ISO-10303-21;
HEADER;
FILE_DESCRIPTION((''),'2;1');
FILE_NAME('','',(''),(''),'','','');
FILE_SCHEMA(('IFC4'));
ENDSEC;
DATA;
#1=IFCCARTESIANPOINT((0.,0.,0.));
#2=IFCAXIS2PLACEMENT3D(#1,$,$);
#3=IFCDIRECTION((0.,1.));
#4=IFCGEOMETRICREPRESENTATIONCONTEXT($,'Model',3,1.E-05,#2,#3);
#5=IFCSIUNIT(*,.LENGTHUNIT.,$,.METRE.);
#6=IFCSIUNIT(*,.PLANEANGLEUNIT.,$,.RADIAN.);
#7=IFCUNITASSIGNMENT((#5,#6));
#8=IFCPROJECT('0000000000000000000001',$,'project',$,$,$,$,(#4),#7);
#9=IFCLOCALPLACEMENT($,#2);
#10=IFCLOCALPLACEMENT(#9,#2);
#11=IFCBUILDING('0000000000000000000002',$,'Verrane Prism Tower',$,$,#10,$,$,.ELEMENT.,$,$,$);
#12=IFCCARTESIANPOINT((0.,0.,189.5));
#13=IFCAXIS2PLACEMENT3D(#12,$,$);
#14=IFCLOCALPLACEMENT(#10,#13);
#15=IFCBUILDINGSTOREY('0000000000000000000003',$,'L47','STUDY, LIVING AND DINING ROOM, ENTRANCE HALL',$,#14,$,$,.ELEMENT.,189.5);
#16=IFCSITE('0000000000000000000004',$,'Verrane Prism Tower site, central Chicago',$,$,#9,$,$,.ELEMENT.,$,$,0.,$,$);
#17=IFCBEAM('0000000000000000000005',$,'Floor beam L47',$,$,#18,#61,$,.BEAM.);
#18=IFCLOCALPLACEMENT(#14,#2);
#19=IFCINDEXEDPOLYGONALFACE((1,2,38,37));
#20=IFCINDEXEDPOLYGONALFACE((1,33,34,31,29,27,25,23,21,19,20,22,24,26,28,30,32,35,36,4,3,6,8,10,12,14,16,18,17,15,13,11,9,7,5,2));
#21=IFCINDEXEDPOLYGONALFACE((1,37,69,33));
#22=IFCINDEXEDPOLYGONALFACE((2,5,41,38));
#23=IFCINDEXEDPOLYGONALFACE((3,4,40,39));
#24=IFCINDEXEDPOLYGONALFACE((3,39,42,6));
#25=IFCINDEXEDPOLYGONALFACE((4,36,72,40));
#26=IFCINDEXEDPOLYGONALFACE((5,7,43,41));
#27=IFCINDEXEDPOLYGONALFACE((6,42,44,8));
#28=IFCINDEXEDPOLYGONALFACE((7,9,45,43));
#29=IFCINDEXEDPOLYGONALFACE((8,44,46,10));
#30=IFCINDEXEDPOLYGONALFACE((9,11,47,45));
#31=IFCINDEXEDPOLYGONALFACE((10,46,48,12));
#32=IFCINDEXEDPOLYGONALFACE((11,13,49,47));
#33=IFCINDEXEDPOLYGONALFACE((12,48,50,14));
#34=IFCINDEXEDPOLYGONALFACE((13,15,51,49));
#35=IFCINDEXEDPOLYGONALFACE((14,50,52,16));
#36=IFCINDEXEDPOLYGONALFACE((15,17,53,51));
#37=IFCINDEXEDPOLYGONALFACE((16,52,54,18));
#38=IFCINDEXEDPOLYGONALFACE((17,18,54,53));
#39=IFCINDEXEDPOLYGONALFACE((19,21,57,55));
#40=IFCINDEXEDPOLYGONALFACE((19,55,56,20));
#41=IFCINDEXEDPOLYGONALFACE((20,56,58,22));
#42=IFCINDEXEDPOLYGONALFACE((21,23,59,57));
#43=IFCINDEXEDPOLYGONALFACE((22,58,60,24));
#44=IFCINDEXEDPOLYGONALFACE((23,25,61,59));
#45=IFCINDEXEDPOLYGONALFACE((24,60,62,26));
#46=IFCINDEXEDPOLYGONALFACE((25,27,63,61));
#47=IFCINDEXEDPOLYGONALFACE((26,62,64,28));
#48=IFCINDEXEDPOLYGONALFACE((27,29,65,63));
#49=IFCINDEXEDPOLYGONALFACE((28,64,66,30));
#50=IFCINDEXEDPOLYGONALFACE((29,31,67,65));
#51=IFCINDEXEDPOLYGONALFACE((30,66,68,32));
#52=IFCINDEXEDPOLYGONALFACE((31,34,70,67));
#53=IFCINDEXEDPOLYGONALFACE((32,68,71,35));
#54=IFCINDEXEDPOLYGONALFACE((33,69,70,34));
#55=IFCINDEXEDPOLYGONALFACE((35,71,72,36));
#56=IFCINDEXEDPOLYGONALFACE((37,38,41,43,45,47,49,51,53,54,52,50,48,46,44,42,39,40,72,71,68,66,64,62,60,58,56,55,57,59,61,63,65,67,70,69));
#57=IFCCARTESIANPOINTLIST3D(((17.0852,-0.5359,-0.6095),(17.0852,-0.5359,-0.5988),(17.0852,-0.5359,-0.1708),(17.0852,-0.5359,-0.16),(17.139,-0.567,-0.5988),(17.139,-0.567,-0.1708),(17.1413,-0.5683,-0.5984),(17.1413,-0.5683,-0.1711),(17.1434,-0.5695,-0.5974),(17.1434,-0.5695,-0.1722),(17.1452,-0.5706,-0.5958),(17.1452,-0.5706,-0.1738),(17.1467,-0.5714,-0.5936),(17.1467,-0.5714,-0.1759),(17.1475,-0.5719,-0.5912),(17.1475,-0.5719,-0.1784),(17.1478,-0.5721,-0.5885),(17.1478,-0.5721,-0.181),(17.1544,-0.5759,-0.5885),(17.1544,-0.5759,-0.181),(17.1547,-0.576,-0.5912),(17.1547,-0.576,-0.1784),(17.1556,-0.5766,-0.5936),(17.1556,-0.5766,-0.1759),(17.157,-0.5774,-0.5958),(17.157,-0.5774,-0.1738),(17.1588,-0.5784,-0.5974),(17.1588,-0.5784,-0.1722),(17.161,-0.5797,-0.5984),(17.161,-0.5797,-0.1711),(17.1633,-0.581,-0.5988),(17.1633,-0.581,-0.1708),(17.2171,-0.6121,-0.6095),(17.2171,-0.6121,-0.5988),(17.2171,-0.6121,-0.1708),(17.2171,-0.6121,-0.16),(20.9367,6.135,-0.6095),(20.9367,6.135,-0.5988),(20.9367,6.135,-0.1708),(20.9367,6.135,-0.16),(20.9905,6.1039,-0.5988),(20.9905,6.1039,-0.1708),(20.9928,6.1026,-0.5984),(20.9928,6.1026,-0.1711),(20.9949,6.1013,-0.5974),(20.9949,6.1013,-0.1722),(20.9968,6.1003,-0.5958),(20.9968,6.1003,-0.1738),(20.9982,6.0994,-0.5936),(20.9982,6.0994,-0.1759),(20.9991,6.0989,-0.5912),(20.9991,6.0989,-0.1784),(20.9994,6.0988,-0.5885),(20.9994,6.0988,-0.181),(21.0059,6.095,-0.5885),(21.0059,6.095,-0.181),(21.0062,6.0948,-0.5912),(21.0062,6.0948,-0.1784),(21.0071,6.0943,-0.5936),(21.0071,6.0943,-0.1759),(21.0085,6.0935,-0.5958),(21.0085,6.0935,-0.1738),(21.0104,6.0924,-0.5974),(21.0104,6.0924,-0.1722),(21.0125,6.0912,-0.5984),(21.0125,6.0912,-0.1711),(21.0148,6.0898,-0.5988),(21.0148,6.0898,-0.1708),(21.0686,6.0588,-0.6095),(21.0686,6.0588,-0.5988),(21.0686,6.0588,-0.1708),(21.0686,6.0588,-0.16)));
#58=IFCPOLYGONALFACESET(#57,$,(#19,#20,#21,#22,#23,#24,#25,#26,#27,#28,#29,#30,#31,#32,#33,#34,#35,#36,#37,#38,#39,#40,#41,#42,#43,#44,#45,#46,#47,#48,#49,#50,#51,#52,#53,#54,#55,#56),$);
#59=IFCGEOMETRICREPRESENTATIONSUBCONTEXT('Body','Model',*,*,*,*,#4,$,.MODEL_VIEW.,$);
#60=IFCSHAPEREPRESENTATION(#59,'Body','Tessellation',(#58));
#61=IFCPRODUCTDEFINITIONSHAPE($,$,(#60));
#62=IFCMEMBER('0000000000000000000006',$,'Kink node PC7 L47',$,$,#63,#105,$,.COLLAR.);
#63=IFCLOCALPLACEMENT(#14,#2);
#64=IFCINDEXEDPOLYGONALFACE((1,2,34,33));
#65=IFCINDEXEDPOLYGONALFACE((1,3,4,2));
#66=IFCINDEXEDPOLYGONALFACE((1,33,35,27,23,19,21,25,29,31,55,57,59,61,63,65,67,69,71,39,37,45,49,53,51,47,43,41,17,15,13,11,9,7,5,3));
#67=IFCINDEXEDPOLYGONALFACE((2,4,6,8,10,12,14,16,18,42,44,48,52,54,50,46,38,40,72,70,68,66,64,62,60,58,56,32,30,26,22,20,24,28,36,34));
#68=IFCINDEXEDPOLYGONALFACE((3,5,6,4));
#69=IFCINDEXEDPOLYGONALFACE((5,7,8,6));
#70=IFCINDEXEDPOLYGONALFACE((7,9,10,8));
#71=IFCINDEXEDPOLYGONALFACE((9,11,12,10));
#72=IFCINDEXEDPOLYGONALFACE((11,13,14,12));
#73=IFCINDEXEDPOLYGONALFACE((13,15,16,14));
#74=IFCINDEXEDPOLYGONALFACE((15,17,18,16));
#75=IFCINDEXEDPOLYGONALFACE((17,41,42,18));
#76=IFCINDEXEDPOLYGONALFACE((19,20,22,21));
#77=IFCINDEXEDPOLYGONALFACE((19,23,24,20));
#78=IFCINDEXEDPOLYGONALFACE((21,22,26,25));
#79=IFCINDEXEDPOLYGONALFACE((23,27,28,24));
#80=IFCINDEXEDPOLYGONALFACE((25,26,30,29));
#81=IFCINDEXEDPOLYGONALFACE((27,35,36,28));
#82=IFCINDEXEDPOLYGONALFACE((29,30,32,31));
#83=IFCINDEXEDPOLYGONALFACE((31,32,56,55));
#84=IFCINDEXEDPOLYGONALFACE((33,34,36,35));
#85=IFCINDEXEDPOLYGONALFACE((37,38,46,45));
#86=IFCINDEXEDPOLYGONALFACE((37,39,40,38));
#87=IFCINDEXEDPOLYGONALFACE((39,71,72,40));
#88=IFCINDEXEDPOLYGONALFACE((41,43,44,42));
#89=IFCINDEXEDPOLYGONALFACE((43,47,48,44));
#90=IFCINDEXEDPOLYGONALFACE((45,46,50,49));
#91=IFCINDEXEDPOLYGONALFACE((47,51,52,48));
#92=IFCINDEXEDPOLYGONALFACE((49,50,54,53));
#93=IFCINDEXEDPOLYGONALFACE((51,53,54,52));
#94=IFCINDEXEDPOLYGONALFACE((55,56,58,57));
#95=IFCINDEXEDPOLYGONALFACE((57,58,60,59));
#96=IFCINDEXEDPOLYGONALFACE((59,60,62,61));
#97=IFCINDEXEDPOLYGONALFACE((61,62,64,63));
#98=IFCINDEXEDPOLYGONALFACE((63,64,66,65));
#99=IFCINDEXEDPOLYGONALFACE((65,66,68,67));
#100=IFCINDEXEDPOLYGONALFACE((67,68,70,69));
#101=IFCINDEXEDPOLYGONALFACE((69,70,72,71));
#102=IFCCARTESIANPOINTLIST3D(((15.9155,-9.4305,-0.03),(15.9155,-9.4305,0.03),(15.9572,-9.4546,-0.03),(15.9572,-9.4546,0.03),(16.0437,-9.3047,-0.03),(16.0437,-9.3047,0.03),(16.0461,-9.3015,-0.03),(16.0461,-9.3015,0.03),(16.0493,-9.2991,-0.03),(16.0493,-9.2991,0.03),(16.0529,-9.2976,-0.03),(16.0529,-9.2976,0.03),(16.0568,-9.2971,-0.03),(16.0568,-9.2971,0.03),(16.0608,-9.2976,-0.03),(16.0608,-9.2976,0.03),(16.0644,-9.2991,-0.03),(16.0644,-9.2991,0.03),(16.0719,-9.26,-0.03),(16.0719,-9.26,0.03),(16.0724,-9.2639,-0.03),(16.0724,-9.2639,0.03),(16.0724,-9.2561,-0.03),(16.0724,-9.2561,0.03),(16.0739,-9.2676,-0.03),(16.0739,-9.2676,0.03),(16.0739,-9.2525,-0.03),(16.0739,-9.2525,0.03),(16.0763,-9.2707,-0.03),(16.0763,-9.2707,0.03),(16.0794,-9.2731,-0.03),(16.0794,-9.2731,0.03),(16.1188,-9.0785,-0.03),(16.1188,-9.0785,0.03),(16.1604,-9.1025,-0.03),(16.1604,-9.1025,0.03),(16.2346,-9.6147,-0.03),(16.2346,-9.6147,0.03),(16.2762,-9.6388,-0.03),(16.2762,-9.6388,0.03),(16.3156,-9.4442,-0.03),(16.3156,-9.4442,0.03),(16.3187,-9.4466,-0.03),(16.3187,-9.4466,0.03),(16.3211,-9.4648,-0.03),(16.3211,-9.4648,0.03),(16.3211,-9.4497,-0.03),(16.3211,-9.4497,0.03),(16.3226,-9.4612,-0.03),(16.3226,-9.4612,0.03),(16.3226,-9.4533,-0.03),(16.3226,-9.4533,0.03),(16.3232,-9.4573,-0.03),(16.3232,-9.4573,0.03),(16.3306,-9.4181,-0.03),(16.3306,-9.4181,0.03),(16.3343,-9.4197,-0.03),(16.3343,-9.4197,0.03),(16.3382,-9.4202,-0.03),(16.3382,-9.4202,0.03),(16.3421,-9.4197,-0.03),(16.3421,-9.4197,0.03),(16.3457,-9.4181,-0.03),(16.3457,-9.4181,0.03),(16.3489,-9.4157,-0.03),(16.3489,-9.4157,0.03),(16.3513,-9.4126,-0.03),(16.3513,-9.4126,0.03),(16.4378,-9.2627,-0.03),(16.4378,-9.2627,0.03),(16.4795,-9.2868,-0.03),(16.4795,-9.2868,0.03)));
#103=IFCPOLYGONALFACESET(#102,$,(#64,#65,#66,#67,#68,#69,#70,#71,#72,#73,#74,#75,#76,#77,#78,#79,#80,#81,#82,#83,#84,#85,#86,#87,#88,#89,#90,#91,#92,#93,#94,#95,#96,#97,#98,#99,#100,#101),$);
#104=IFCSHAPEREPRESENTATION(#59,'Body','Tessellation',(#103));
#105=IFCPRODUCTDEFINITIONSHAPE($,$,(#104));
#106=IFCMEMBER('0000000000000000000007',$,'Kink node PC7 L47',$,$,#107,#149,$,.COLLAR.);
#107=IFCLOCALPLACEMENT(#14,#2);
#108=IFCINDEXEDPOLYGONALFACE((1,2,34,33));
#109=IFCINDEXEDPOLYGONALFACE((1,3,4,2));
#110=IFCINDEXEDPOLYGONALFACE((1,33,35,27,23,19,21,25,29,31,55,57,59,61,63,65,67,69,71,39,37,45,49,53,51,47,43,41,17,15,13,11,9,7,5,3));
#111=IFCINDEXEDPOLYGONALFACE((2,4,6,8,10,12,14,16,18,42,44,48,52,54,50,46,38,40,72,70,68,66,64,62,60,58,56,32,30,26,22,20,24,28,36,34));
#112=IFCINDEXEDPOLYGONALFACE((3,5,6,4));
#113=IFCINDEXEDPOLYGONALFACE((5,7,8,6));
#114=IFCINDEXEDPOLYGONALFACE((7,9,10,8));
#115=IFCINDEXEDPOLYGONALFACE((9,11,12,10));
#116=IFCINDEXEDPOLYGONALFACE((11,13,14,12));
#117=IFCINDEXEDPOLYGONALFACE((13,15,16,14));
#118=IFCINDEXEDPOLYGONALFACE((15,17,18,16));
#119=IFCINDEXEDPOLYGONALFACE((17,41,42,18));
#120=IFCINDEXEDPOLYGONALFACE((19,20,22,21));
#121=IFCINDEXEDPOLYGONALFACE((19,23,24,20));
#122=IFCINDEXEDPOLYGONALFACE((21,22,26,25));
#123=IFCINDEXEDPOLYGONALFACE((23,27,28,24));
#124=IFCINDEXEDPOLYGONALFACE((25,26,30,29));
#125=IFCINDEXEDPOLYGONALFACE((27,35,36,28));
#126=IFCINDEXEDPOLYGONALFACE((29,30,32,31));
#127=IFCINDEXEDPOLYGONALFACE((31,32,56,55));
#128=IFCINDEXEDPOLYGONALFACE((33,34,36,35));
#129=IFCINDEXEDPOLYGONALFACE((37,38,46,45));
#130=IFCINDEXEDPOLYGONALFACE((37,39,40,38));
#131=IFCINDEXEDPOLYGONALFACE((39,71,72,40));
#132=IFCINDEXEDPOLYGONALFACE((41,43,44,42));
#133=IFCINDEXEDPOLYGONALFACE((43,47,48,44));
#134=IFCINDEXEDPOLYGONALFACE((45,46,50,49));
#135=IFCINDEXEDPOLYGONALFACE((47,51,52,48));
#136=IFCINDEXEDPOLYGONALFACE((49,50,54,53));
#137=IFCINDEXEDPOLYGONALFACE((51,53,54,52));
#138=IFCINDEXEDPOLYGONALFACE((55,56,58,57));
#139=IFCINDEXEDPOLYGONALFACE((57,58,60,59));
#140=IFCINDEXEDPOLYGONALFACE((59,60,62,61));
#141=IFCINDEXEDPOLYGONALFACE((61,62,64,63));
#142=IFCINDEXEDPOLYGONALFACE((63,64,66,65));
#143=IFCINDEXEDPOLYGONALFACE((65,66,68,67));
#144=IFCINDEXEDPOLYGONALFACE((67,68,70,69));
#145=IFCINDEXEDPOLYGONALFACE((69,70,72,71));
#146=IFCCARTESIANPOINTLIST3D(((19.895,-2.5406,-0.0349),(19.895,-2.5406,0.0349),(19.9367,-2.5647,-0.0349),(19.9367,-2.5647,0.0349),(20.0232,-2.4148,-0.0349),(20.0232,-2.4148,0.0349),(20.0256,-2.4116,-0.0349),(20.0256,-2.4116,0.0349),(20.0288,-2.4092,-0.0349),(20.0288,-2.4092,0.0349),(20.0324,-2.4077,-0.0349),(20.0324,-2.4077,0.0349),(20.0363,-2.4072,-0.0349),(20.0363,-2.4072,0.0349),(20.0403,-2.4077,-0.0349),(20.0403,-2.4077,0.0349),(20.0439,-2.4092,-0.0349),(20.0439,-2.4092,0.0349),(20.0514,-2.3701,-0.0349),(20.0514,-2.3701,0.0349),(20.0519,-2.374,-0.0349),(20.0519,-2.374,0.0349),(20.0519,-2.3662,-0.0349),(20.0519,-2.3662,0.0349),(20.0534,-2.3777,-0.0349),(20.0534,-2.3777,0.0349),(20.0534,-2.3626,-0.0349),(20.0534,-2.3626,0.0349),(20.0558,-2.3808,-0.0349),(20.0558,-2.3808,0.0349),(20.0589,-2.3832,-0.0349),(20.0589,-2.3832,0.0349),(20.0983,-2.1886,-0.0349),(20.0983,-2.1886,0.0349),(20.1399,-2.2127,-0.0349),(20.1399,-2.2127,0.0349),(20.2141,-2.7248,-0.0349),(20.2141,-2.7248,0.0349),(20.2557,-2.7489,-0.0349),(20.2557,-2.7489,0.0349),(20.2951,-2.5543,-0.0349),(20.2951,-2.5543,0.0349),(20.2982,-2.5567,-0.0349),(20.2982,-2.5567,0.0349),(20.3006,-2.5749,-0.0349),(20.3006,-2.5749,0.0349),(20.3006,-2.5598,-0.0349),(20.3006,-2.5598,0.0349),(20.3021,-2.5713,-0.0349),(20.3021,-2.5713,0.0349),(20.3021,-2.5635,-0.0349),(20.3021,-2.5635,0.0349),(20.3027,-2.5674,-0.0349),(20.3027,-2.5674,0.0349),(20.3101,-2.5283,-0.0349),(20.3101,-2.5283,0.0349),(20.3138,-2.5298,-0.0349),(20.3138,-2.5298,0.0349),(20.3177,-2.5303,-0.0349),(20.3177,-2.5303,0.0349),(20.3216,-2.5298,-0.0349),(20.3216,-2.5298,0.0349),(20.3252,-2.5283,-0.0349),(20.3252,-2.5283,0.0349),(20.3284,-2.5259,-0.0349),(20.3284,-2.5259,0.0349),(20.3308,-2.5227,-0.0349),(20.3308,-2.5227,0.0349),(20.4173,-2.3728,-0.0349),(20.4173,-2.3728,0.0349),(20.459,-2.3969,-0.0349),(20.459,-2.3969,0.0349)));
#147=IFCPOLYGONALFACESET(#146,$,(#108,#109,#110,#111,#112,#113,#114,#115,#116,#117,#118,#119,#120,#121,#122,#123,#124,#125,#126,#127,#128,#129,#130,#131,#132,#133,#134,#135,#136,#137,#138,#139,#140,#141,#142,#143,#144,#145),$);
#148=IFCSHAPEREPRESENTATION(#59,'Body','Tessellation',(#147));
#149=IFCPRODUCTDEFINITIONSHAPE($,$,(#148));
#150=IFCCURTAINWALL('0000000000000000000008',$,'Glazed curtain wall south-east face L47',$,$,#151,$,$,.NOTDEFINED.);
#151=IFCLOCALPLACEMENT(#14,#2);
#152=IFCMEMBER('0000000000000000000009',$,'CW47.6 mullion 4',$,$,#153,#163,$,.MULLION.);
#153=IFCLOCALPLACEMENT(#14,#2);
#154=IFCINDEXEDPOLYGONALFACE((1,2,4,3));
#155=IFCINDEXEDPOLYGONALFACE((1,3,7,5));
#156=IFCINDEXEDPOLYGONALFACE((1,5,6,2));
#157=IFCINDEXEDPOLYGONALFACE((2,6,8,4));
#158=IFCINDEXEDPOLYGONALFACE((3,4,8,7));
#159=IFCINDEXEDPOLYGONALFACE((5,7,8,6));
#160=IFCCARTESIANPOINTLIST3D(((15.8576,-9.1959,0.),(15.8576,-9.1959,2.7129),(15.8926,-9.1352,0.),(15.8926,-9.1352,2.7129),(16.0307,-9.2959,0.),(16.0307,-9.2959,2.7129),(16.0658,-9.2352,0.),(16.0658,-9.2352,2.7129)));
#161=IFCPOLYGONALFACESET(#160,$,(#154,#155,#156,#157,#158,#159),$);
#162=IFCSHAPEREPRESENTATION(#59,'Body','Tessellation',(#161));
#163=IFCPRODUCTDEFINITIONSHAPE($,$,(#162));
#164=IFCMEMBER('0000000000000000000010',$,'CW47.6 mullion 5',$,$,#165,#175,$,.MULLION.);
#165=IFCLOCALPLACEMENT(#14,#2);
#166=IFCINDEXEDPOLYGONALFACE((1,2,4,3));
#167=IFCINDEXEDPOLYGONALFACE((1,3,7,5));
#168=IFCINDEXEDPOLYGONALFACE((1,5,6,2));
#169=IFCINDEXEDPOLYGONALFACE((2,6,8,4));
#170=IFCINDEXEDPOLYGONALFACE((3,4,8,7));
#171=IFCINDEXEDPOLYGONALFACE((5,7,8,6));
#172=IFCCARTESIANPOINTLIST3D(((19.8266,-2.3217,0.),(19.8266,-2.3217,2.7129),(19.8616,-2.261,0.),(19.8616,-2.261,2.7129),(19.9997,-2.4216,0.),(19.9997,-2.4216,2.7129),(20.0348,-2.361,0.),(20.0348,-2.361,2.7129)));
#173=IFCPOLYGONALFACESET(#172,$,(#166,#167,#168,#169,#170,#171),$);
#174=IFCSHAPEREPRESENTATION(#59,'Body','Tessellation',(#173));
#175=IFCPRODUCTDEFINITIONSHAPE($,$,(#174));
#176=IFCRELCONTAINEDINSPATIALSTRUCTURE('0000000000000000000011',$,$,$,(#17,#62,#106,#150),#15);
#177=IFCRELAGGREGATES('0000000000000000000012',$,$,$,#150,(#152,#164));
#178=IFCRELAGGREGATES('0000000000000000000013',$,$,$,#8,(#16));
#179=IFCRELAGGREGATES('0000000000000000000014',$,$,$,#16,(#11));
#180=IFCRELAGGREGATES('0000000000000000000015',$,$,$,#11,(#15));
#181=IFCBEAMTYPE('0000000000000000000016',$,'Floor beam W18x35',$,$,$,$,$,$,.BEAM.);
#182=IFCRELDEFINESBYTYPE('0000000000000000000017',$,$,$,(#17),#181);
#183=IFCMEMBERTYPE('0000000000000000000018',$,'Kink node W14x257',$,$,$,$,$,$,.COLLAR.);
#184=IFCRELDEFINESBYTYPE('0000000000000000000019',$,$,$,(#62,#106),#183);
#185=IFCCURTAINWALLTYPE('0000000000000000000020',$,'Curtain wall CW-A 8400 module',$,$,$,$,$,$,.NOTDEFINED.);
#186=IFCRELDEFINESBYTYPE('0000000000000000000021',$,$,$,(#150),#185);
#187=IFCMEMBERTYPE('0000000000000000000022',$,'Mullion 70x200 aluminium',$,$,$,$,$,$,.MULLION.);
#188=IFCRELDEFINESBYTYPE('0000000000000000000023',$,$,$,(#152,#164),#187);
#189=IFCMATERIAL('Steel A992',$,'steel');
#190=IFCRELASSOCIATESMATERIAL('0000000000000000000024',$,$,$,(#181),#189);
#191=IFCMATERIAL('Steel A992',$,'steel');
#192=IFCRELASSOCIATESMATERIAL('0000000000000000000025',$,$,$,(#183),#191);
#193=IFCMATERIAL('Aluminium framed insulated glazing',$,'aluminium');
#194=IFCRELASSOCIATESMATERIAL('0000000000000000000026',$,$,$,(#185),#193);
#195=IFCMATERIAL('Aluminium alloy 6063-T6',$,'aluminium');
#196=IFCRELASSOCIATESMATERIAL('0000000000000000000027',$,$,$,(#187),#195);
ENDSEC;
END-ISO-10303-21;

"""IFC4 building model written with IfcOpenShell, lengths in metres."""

from ifc_helpers import new_model, si_unit, direction, frame, origin, origin_2d, place, context, subcontext, project, spatial, rectangle, i_section, extrude, material, material_profile, profile_set, type_object, element, aggregate, save


model = new_model("IFC4")

# Units and contexts
model_context = context("Model", 3, precision=1e-05, world=origin(), true_north=direction((0.0, 1.0)))
body_context = subcontext(model_context, "Body", "Model", "MODEL_VIEW")
ifc_project = project(units=[si_unit("LENGTHUNIT", "METRE"), si_unit("PLANEANGLEUNIT", "RADIAN")], contexts=[model_context])

# Site, building, storey
site_placement = place(None, origin())
site = spatial("IfcSite", under=ifc_project, at=site_placement, Name="Verrane Prism Tower site, central Chicago", CompositionType="ELEMENT", RefElevation=0.0)
building_placement = place(site_placement, origin())
building = spatial("IfcBuilding", under=site, at=building_placement, Name="Verrane Prism Tower", CompositionType="ELEMENT")
storey_placement = place(building_placement, frame((0.0, 0.0, 189.5)))
storey = spatial("IfcBuildingStorey", under=building, at=storey_placement, Name="L47", Description="STUDY, LIVING AND DINING ROOM, ENTRANCE HALL", CompositionType="ELEMENT", Elevation=189.5)

# Beam
ifc_material_1 = material(Name="Steel A992", Category="steel")
ifc_material_profile_1 = material_profile(ifc_material_1, i_section(OverallWidth=0.1523, OverallDepth=0.4495, WebThickness=0.0076, FlangeThickness=0.0107, FilletRadius=0.0103, at=origin_2d()), Name="W18x35")
ifc_profile_set_1 = profile_set([ifc_material_profile_1], Name="Steel A992")
beam_type_1 = type_object("IfcBeamType", Name="Floor beam W18x35", PredefinedType="BEAM", material=ifc_profile_set_1)
beam_1_placement = place(storey_placement, frame((17.1511, -0.574, -0.3848), z_axis=(0.500011, 0.866019, 0.0), x_axis=(-0.866019, 0.500011, 0.0)))
element("IfcBeam", 1, at=beam_1_placement, inside=storey, type_object=beam_type_1, Name="Floor beam L47", PredefinedType="BEAM", context=body_context, shape_type="SweptSolid", body=[
    extrude(i_section(OverallWidth=0.1523, OverallDepth=0.4495, WebThickness=0.0076, FlangeThickness=0.0107, FilletRadius=0.0103, at=origin_2d()), origin(), (0.0, 0.0, 1.0), 7.7029),
])

# Members
ifc_material_2 = material(Name="Steel A992", Category="steel")
ifc_material_profile_2 = material_profile(ifc_material_2, i_section(OverallWidth=0.4065, OverallDepth=0.4165, WebThickness=0.03, FlangeThickness=0.0481, FilletRadius=0.0151, at=origin_2d()), Name="W14x257")
ifc_profile_set_2 = profile_set([ifc_material_profile_2], Name="Steel A992")
member_type_1 = type_object("IfcMemberType", Name="Kink node W14x257", PredefinedType="COLLAR", material=ifc_profile_set_2)
member_1_placement = place(storey_placement, frame((16.1975, -9.3586, -0.03), z_axis=(0.0, 0.0, 1.0), x_axis=(-0.5, -0.866025, 0.0)))
element("IfcMember", 2, at=member_1_placement, inside=storey, type_object=member_type_1, Name="Kink node PC7 L47", PredefinedType="COLLAR", context=body_context, shape_type="SweptSolid", body=[
    extrude(i_section(OverallWidth=0.4065, OverallDepth=0.4165, WebThickness=0.03, FlangeThickness=0.0481, FilletRadius=0.0151, at=origin_2d()), origin(), (0.0, 0.0, 1.0), 0.0601),
])
member_2_placement = place(storey_placement, frame((20.177, -2.4688, -0.0349), z_axis=(0.0, 0.0, 1.0), x_axis=(-0.5, -0.866025, 0.0)))
element("IfcMember", 3, at=member_2_placement, inside=storey, type_object=member_type_1, Name="Kink node PC7 L47", PredefinedType="COLLAR", context=body_context, shape_type="SweptSolid", body=[
    extrude(i_section(OverallWidth=0.4065, OverallDepth=0.4165, WebThickness=0.03, FlangeThickness=0.0481, FilletRadius=0.0151, at=origin_2d()), origin(), (0.0, 0.0, 1.0), 0.0698),
])

# Curtain wall, members
ifc_material_3 = material(Name="Aluminium framed insulated glazing", Category="aluminium")
curtain_wall_type = type_object("IfcCurtainWallType", Name="Curtain wall CW-A 8400 module", PredefinedType="NOTDEFINED", material=ifc_material_3)
curtain_wall_placement = place(storey_placement, origin())
curtain_wall = element("IfcCurtainWall", 4, at=curtain_wall_placement, inside=storey, type_object=curtain_wall_type, Name="Glazed curtain wall south-east face L47", PredefinedType="NOTDEFINED")
ifc_material_4 = material(Name="Aluminium alloy 6063-T6", Category="aluminium")
ifc_material_profile_3 = material_profile(ifc_material_4, rectangle(XDim=0.2, YDim=0.0701, at=origin_2d()), Name="Mullion 70x200 aluminium")
ifc_profile_set_3 = profile_set([ifc_material_profile_3], Name="Aluminium alloy 6063-T6")
member_type_2 = type_object("IfcMemberType", Name="Mullion 70x200 aluminium", PredefinedType="MULLION", material=ifc_profile_set_3)
member_3_placement = place(storey_placement, frame((15.9617, -9.2156, 0.0), z_axis=(0.0, 0.0, 1.0), x_axis=(-0.866026, 0.5, 0.0)))
member_3 = element("IfcMember", 5, at=member_3_placement, type_object=member_type_2, Name="CW47.6 mullion 4", PredefinedType="MULLION", context=body_context, shape_type="SweptSolid", body=[
    extrude(rectangle(XDim=0.2, YDim=0.0701, at=origin_2d()), origin(), (0.0, 0.0, 1.0), 2.7129),
])
member_4_placement = place(storey_placement, frame((19.9307, -2.3413, 0.0), z_axis=(0.0, 0.0, 1.0), x_axis=(-0.866026, 0.5, 0.0)))
member_4 = element("IfcMember", 6, at=member_4_placement, type_object=member_type_2, Name="CW47.6 mullion 5", PredefinedType="MULLION", context=body_context, shape_type="SweptSolid", body=[
    extrude(rectangle(XDim=0.2, YDim=0.0701, at=origin_2d()), origin(), (0.0, 0.0, 1.0), 2.7129),
])

aggregate(curtain_wall, [member_3, member_4])

save(model, "model.ifc")
